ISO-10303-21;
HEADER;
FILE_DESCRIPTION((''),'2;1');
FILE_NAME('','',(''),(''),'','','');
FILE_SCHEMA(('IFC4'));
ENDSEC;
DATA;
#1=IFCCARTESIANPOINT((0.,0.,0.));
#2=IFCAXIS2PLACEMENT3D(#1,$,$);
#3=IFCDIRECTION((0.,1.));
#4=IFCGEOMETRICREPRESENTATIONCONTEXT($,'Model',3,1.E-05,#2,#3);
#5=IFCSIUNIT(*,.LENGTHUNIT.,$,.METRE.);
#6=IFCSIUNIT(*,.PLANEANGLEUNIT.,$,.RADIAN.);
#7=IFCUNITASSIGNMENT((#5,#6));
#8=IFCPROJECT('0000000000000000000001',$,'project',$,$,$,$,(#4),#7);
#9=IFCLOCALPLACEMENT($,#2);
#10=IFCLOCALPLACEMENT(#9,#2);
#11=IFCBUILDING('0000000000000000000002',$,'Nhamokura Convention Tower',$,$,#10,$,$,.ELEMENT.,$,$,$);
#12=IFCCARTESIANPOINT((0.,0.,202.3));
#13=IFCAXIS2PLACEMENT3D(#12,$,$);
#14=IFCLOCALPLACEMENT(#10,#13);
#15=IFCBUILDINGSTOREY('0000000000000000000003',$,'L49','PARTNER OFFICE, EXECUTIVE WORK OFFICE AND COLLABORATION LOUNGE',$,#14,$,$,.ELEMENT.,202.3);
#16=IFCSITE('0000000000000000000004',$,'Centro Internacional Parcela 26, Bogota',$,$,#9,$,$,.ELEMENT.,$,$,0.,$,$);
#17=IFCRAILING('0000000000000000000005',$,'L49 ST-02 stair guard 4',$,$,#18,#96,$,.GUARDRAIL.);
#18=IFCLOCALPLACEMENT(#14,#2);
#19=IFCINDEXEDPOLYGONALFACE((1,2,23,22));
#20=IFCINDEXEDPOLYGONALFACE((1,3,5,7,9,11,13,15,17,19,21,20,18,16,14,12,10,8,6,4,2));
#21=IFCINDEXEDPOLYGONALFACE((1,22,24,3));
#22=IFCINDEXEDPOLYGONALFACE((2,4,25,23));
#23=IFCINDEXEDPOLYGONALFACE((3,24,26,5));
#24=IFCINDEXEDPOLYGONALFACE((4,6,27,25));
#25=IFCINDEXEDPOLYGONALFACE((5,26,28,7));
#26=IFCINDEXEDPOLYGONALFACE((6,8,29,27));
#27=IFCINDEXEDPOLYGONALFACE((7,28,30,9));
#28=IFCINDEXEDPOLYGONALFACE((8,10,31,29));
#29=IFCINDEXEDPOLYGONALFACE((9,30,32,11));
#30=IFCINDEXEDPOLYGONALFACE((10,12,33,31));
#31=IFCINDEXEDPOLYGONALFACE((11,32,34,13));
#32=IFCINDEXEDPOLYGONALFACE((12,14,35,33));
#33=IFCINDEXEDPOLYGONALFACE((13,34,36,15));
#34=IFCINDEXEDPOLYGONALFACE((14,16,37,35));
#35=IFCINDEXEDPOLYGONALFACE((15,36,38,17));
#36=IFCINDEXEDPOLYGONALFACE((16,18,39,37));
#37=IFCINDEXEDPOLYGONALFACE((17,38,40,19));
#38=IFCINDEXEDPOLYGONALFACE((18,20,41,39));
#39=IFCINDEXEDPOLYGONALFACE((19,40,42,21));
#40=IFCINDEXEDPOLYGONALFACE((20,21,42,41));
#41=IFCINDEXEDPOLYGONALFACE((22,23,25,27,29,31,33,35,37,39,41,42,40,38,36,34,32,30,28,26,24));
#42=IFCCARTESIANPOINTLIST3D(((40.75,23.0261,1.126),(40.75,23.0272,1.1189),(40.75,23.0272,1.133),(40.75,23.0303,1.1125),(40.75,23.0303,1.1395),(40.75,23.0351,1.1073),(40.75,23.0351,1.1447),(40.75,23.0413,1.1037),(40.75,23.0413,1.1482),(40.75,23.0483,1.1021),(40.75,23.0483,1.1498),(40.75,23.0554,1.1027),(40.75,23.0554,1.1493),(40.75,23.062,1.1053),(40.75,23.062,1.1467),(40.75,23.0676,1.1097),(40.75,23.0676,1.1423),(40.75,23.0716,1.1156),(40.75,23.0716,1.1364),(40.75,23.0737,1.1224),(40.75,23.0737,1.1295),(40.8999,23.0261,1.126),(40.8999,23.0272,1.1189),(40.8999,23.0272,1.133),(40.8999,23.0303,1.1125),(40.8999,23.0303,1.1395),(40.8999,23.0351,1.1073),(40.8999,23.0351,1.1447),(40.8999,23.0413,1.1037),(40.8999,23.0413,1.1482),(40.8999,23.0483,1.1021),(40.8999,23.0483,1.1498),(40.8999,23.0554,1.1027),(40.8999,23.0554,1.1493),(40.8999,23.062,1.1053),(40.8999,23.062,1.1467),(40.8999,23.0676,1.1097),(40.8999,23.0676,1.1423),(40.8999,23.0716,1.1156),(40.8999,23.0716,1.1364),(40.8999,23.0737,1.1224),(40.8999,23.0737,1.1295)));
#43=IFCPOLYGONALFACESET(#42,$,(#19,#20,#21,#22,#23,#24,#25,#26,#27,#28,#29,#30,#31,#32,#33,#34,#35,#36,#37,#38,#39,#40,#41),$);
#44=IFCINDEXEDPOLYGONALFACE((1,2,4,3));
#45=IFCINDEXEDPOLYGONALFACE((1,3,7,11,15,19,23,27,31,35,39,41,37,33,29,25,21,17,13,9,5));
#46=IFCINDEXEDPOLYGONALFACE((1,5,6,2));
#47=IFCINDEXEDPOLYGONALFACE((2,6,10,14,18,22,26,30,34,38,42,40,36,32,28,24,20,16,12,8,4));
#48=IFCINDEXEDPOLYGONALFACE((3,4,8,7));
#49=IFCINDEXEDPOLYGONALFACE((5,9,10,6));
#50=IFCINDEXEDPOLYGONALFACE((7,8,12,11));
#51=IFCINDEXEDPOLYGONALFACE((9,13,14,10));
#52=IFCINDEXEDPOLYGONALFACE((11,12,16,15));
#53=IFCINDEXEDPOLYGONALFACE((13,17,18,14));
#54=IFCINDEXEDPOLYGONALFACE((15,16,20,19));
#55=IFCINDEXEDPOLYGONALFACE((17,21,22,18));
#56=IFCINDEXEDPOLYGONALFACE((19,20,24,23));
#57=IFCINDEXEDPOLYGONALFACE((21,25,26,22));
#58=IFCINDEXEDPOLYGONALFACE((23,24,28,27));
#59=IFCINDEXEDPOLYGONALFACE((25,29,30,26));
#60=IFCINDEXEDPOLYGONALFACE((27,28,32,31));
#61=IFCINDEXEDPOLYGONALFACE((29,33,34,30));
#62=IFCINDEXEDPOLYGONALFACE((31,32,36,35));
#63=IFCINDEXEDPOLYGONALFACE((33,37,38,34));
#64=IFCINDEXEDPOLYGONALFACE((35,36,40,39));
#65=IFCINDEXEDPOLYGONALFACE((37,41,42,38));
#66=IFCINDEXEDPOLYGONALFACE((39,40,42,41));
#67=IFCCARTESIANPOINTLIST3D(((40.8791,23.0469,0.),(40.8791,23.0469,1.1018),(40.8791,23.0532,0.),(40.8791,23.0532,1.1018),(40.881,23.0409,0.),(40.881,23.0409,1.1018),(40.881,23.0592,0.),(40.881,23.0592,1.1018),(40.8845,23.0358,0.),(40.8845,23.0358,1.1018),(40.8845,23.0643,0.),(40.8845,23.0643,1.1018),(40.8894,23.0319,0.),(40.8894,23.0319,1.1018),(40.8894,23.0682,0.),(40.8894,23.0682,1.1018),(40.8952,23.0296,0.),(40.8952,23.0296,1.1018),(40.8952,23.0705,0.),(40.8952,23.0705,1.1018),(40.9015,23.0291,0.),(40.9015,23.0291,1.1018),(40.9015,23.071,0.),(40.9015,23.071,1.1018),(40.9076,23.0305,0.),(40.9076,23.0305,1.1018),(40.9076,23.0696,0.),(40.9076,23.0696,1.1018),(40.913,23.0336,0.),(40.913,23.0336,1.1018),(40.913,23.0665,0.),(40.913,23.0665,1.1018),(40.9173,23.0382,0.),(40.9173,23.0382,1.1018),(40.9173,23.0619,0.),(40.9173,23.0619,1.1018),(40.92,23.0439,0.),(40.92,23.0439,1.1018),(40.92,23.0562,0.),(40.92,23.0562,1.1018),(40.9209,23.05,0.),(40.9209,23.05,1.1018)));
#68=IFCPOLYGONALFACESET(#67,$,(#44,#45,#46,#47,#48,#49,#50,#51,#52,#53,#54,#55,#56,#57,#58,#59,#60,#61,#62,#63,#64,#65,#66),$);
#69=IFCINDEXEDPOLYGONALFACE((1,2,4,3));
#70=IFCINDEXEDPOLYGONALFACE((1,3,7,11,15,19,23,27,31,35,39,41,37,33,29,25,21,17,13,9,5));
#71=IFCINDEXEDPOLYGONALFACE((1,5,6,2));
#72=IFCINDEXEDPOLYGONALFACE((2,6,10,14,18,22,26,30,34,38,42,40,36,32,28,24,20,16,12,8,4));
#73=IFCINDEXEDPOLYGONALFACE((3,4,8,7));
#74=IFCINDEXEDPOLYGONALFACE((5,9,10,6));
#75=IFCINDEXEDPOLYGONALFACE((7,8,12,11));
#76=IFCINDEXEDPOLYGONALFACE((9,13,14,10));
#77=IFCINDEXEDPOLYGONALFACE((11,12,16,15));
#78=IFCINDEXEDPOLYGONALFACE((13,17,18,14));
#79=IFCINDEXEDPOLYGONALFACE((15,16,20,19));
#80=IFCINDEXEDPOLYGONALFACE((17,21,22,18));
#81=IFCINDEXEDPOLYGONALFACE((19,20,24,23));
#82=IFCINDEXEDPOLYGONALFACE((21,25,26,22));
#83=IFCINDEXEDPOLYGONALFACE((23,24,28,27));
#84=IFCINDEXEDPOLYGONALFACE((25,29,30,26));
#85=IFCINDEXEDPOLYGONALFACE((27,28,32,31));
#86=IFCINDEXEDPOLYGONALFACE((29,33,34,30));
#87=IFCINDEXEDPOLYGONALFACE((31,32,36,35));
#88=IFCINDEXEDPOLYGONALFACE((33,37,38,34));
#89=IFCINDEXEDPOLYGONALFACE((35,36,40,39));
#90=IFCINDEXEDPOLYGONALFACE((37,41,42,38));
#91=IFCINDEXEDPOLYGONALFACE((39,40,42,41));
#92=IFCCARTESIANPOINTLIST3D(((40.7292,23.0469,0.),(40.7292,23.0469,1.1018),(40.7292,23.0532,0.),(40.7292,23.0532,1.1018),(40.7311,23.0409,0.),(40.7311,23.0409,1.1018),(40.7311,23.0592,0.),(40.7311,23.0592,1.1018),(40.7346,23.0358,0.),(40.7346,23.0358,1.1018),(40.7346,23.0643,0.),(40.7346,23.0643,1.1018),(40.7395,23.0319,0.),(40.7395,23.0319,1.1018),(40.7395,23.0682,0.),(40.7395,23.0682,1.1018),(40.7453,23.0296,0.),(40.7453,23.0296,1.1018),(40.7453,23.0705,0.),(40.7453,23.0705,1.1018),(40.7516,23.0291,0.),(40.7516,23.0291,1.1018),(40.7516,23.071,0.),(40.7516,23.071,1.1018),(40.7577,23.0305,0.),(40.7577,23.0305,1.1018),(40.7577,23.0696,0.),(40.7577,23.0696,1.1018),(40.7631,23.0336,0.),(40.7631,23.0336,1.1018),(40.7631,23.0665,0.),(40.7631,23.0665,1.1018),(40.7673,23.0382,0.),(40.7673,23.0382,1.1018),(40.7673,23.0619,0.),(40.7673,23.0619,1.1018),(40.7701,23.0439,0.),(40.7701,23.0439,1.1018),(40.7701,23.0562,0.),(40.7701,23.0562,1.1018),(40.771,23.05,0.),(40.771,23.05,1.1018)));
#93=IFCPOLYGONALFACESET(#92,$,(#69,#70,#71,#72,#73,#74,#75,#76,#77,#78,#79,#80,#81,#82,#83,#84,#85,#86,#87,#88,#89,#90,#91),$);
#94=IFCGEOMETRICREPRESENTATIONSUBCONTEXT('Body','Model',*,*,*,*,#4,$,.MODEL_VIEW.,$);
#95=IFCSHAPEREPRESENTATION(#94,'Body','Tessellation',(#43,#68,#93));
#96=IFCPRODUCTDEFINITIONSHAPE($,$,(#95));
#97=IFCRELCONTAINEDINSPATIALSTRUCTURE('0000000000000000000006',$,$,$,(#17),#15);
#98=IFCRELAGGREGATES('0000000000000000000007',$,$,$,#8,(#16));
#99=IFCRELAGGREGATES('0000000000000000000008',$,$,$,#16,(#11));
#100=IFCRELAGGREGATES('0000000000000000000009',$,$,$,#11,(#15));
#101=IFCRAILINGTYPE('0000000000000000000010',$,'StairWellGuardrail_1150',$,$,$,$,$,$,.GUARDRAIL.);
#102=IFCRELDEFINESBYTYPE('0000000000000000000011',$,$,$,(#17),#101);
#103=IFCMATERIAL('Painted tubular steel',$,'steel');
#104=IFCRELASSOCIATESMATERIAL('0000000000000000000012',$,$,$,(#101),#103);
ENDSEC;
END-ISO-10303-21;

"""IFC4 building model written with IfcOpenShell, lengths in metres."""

from ifc_helpers import new_model, si_unit, direction, frame, origin, origin_2d, place, context, subcontext, project, spatial, circle, extrude, material, type_object, element, save


model = new_model("IFC4")

# Units and contexts
model_context = context("Model", 3, precision=1e-05, world=origin(), true_north=direction((0.0, 1.0)))
body_context = subcontext(model_context, "Body", "Model", "MODEL_VIEW")
ifc_project = project(units=[si_unit("LENGTHUNIT", "METRE"), si_unit("PLANEANGLEUNIT", "RADIAN")], contexts=[model_context])

# Site, building, storey
site_placement = place(None, origin())
site = spatial("IfcSite", under=ifc_project, at=site_placement, Name="Centro Internacional Parcela 26, Bogota", CompositionType="ELEMENT", RefElevation=0.0)
building_placement = place(site_placement, origin())
building = spatial("IfcBuilding", under=site, at=building_placement, Name="Nhamokura Convention Tower", CompositionType="ELEMENT")
storey_placement = place(building_placement, frame((0.0, 0.0, 202.3)))
storey = spatial("IfcBuildingStorey", under=building, at=storey_placement, Name="L49", Description="PARTNER OFFICE, EXECUTIVE WORK OFFICE AND COLLABORATION LOUNGE", CompositionType="ELEMENT", Elevation=202.3)

# Railing
ifc_material_1 = material(Name="Painted tubular steel", Category="steel")
railing_type_1 = type_object("IfcRailingType", Name="StairWellGuardrail_1150", PredefinedType="GUARDRAIL", material=ifc_material_1)
railing_1_placement = place(storey_placement, frame((40.8999, 23.05, 0.0)))
element("IfcRailing", 1, at=railing_1_placement, inside=storey, type_object=railing_type_1, Name="L49 ST-02 stair guard 4", PredefinedType="GUARDRAIL", context=body_context, shape_type="SweptSolid", body=[
    extrude(circle(Radius=0.0239, at=origin_2d()), frame((0.0, 0.0, 1.126), z_axis=(-1.0, 0.0, 0.0), x_axis=(0.0, -1.0, 0.0)), (0.0, 0.0, 1.0), 0.1499),
    extrude(circle(Radius=0.021, at=origin_2d()), origin(), (0.0, 0.0, 1.0), 1.1018),
    extrude(circle(Radius=0.021, at=origin_2d()), frame((-0.1499, 0.0, 0.0)), (0.0, 0.0, 1.0), 1.1018),
])

save(model, "model.ifc")
